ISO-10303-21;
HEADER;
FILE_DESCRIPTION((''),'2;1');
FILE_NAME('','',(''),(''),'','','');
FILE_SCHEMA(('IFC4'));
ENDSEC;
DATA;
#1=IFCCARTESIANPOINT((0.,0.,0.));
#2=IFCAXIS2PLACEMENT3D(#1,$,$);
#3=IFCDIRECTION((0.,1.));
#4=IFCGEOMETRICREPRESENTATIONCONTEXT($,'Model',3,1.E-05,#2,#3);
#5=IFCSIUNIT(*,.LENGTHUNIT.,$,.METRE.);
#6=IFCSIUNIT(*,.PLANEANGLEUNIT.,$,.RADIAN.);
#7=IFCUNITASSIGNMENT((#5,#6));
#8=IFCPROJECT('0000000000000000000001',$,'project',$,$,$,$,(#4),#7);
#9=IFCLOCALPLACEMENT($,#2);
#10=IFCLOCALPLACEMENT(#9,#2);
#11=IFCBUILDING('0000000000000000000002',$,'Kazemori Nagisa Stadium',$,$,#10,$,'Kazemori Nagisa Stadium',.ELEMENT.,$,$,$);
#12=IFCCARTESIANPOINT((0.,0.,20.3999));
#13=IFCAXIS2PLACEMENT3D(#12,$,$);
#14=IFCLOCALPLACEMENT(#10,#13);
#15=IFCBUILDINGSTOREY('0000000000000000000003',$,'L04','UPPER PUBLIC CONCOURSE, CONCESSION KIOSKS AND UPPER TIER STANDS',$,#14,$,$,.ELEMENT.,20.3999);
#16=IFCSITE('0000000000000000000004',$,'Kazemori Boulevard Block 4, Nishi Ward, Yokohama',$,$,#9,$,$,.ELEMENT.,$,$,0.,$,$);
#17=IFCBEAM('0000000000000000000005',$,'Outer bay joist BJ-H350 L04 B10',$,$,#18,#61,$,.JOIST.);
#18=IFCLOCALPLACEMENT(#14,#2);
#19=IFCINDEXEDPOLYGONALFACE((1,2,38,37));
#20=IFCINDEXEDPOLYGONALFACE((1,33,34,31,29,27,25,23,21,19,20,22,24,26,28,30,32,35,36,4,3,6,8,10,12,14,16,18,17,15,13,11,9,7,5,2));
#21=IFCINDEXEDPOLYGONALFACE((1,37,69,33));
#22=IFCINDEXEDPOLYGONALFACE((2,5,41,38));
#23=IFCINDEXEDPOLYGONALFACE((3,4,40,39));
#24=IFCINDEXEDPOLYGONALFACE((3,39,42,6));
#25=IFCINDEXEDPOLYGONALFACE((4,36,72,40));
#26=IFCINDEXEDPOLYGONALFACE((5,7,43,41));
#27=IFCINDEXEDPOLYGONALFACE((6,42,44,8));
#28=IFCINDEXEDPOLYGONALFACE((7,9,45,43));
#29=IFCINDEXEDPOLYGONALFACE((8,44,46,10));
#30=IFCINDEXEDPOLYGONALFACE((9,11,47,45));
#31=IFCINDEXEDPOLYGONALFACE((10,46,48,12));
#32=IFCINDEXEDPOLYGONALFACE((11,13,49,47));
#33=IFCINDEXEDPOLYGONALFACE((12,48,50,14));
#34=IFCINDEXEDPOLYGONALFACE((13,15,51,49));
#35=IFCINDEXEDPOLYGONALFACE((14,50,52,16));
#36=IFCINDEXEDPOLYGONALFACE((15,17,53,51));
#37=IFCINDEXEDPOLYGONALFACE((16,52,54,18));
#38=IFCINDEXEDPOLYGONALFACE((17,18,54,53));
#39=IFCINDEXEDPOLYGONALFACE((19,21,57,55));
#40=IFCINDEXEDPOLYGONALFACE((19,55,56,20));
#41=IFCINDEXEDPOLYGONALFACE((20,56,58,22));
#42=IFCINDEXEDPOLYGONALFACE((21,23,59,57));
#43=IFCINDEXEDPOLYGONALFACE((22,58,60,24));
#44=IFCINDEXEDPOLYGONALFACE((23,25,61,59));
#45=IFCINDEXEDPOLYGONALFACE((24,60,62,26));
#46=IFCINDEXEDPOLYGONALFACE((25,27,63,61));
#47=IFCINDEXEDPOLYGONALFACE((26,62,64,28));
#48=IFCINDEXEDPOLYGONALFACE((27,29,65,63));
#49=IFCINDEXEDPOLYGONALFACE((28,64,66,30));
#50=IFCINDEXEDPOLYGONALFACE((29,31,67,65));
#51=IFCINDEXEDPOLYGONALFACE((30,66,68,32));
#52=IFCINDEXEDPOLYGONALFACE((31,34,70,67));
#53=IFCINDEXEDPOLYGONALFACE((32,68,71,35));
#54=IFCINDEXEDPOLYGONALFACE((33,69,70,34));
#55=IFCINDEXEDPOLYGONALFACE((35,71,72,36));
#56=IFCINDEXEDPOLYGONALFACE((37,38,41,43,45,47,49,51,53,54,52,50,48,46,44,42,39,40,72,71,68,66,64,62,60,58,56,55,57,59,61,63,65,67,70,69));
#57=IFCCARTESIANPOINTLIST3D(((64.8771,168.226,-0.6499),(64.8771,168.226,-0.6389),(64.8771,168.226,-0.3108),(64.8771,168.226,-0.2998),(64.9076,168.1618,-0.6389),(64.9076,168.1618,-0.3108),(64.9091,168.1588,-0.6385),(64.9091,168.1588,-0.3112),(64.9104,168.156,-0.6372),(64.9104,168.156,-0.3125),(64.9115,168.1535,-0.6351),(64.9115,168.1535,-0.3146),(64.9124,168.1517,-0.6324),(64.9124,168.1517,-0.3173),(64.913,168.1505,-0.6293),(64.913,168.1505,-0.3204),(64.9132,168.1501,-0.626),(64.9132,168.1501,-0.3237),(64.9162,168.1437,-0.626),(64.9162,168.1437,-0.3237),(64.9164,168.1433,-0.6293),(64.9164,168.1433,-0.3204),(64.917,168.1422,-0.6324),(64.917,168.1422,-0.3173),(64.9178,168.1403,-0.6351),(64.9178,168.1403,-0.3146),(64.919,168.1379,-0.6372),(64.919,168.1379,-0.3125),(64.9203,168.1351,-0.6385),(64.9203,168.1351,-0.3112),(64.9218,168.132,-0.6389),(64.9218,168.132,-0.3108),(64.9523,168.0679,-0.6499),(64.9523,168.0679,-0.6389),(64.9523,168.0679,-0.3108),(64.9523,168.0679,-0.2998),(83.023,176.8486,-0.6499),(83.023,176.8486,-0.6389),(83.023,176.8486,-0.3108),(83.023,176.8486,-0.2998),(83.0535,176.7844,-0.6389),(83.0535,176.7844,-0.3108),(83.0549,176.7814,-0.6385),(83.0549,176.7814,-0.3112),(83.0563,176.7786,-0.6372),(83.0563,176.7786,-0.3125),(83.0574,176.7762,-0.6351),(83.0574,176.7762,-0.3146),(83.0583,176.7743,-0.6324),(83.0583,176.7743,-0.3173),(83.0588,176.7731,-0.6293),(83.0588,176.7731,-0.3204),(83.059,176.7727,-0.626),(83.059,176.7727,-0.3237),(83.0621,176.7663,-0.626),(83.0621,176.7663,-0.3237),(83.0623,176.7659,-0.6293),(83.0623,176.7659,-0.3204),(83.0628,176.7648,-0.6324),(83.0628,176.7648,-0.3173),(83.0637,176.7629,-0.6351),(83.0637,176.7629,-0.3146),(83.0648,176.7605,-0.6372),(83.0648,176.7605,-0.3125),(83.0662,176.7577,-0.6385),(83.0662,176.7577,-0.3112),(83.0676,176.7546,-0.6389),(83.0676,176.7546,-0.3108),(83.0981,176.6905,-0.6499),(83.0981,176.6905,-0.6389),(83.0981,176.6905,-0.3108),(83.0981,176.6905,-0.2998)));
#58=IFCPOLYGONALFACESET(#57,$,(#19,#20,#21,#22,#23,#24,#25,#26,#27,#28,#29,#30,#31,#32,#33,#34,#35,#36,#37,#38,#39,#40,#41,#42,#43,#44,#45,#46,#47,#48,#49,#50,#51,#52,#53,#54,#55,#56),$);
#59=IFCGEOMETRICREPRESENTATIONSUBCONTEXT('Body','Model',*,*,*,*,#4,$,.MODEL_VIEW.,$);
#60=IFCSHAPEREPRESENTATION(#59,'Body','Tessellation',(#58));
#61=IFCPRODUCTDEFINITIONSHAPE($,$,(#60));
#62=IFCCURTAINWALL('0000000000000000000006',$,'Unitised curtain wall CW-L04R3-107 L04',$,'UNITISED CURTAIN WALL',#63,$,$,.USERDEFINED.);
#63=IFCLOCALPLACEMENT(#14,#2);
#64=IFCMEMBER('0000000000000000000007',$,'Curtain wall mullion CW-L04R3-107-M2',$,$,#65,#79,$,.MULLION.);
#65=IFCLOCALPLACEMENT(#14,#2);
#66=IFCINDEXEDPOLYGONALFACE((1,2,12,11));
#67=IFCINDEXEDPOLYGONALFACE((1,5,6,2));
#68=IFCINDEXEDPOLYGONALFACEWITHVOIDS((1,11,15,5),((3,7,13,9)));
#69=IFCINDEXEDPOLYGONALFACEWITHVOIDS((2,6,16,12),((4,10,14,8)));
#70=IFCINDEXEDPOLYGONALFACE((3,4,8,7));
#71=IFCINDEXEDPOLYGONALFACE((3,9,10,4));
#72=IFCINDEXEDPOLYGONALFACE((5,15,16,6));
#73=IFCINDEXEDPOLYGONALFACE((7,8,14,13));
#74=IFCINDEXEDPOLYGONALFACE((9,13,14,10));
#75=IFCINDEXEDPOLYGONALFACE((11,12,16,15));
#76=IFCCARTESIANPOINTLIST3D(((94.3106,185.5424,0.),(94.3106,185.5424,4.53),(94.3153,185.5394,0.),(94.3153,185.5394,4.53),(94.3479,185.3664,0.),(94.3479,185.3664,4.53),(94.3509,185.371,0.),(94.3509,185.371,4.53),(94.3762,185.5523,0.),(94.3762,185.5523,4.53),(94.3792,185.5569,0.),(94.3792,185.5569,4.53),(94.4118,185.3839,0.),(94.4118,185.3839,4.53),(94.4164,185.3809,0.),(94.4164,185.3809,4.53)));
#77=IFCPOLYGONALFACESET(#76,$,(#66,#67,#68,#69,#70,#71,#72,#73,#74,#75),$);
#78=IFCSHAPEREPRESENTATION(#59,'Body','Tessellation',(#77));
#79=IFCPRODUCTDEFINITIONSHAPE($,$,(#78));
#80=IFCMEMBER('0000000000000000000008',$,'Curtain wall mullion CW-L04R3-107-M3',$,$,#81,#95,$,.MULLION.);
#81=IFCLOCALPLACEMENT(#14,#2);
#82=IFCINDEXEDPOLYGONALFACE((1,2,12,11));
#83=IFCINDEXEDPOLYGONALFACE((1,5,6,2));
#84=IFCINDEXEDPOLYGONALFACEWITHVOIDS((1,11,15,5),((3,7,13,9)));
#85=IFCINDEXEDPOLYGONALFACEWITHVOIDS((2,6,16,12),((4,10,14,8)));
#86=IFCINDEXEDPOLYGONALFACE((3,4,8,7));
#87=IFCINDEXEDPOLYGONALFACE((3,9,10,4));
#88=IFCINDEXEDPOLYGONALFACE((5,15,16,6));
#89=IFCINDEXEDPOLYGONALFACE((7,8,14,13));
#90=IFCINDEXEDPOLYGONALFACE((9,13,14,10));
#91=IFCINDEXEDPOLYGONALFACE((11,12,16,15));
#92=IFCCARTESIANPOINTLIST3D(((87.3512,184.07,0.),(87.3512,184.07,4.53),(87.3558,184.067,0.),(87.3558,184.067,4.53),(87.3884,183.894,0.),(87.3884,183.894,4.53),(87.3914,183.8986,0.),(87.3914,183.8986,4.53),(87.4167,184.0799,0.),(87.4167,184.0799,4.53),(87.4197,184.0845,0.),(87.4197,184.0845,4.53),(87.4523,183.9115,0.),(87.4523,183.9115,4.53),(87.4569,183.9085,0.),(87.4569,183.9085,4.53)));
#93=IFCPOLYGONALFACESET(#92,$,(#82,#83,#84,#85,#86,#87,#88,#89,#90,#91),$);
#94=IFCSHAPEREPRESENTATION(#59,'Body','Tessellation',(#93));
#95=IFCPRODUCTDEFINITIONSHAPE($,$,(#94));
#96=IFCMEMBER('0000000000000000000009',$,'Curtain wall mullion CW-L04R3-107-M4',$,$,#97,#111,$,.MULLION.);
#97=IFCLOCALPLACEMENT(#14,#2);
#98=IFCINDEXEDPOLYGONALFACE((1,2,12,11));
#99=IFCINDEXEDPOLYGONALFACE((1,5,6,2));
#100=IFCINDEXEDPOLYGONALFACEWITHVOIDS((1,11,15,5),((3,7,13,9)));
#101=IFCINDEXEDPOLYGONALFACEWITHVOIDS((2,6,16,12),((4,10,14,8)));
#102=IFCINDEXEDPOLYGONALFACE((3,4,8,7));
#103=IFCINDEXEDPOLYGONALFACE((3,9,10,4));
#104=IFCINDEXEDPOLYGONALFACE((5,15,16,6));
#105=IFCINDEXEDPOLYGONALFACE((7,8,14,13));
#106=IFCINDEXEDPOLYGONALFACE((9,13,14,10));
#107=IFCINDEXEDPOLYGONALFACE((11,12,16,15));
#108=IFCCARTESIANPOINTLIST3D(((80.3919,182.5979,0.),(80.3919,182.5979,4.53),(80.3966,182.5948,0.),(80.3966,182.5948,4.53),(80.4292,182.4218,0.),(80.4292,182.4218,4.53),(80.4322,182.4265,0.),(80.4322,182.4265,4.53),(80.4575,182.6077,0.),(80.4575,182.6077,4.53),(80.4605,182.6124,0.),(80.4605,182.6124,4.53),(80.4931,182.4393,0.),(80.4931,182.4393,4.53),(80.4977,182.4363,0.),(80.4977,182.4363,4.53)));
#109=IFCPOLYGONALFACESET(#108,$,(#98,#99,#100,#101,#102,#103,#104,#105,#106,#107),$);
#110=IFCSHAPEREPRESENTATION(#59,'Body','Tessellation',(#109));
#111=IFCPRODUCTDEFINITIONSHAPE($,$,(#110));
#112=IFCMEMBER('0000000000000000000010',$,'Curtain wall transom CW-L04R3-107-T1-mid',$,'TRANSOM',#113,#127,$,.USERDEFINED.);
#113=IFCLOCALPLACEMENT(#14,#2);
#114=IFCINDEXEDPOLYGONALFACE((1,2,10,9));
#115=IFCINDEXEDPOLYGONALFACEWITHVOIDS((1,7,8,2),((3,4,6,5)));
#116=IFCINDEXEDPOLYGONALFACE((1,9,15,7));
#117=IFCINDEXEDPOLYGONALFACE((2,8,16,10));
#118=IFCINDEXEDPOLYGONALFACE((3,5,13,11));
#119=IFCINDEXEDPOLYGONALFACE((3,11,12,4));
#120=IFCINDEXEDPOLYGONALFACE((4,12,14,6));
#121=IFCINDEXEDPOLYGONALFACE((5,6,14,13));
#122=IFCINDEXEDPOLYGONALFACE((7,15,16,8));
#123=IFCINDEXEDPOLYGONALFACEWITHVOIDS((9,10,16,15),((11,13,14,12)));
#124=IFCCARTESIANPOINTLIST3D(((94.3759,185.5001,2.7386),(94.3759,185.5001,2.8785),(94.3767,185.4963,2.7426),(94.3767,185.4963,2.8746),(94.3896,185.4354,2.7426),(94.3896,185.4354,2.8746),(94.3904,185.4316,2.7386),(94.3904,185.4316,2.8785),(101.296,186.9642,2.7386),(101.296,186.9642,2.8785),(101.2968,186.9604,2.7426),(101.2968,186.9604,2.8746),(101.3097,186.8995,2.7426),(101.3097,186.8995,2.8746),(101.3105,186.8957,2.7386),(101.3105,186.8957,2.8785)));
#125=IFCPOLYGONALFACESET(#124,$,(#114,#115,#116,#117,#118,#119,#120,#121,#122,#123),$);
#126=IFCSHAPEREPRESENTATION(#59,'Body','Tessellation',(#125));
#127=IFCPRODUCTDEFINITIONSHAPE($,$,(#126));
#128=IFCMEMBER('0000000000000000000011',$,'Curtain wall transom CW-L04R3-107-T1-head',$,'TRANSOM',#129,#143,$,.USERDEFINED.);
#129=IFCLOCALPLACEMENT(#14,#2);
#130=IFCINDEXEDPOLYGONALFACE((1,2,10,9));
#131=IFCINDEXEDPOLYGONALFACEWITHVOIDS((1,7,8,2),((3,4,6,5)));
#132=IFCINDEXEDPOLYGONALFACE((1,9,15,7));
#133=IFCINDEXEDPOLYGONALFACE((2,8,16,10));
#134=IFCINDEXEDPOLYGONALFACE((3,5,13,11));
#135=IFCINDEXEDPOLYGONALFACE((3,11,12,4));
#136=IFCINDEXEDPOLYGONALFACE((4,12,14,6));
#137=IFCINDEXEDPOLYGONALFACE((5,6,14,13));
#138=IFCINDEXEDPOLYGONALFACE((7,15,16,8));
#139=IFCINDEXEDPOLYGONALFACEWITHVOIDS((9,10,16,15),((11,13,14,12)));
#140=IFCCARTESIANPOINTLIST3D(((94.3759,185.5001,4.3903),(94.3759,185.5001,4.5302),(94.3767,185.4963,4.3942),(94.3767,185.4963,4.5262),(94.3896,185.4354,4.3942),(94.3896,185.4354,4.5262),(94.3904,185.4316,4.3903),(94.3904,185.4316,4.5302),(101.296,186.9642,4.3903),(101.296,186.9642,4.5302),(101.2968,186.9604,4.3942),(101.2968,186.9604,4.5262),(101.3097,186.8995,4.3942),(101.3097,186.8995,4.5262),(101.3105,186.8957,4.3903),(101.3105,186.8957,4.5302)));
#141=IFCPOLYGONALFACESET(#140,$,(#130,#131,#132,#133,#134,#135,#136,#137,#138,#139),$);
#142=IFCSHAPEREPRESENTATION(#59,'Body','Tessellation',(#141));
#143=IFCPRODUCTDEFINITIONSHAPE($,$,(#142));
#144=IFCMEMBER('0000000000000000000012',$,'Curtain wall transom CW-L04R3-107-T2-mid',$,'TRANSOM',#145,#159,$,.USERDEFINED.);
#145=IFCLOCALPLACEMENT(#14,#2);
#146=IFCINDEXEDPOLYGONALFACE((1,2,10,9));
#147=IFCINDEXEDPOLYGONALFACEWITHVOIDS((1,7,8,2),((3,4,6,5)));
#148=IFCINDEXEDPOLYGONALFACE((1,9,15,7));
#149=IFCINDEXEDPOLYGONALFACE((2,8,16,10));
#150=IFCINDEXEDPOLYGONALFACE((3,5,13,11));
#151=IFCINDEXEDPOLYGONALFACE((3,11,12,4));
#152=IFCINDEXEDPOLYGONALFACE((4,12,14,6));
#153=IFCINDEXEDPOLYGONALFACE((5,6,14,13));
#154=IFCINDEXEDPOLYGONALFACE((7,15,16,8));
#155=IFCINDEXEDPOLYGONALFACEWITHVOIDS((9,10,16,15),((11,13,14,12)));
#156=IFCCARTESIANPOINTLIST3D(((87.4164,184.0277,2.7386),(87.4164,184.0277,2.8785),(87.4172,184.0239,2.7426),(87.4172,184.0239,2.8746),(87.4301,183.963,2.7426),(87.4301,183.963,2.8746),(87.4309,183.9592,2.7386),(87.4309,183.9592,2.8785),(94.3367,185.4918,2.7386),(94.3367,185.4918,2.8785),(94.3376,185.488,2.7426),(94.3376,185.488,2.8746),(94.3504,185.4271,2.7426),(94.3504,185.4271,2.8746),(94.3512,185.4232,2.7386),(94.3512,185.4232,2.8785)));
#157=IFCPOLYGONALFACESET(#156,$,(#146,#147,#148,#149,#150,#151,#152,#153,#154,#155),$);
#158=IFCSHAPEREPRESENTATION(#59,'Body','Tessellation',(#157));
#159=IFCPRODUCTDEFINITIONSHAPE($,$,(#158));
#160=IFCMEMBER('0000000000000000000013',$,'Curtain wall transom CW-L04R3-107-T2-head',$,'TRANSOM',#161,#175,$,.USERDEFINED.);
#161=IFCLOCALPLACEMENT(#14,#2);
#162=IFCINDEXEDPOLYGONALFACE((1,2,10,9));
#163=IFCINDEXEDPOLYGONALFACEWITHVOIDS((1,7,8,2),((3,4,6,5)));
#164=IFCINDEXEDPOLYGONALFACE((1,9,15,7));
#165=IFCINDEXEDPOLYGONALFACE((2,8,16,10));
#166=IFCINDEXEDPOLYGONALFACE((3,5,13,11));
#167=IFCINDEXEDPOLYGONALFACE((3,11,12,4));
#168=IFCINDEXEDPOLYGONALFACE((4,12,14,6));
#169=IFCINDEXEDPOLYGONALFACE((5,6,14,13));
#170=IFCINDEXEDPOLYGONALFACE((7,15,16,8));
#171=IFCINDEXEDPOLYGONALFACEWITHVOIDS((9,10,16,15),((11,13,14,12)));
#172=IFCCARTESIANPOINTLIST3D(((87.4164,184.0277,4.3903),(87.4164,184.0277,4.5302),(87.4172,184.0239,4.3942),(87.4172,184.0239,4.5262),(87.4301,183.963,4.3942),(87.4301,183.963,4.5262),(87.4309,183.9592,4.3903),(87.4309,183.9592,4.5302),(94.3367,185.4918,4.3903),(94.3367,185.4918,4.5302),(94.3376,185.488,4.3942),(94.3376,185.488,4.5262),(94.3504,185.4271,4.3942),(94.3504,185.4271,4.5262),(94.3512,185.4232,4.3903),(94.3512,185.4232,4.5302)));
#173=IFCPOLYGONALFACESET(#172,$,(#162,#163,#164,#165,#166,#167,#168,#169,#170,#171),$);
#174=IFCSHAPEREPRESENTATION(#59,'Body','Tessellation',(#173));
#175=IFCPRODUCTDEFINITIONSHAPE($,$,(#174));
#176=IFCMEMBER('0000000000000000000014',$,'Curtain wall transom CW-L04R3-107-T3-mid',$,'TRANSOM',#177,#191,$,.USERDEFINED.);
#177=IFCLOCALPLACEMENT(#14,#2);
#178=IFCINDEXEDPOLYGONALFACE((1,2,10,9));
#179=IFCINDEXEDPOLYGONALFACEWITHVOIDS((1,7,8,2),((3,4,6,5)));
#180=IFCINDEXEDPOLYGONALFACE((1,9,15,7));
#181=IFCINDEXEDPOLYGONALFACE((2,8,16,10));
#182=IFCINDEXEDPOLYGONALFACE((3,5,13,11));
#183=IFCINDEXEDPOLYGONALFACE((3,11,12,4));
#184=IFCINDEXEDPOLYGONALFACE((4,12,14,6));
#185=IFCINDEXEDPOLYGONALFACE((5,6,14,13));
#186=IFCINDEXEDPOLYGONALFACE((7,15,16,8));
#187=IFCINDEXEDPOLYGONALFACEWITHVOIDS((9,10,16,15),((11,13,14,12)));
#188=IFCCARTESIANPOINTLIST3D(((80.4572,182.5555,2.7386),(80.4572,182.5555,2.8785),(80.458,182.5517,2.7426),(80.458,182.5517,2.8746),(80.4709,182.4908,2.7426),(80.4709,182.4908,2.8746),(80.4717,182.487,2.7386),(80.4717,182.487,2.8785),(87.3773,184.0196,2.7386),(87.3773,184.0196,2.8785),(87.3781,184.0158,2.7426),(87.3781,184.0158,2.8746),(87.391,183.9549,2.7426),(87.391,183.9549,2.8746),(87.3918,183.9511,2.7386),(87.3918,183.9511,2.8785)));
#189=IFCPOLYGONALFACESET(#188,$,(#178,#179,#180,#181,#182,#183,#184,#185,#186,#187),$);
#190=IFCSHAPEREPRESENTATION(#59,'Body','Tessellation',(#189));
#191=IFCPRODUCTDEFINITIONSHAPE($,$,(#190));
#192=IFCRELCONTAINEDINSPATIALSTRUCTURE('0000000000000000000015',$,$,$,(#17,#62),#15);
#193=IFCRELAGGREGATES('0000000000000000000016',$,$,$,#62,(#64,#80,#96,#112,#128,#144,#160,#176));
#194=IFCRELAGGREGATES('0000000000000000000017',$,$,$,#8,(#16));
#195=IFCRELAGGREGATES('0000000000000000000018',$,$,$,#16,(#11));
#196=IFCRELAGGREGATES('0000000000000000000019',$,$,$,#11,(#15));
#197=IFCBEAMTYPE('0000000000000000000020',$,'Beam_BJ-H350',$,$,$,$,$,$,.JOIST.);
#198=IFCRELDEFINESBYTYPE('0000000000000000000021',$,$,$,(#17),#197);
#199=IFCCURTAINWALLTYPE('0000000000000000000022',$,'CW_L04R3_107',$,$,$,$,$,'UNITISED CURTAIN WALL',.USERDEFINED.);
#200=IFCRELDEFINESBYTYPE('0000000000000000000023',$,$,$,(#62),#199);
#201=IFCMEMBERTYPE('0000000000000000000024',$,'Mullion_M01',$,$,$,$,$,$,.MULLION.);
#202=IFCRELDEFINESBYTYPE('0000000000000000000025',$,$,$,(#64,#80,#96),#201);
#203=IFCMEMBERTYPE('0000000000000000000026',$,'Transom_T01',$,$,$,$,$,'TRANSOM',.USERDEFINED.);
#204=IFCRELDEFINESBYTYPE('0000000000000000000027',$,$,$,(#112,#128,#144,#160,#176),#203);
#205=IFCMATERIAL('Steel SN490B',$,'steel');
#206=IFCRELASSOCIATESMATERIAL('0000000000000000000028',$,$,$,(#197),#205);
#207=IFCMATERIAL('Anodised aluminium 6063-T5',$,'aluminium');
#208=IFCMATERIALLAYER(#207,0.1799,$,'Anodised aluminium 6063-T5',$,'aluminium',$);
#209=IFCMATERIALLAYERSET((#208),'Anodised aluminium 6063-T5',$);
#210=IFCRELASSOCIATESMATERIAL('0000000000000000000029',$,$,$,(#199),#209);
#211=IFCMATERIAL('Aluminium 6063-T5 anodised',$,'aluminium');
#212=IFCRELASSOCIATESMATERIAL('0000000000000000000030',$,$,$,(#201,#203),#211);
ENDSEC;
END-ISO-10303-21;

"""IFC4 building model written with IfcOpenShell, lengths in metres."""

from ifc_helpers import new_model, si_unit, direction, frame, origin, origin_2d, place, context, subcontext, project, spatial, hollow_rectangle, i_section, extrude, material, layer, layer_set, material_profile, profile_set, type_object, element, aggregate, save


model = new_model("IFC4")

# Units and contexts
model_context = context("Model", 3, precision=1e-05, world=origin(), true_north=direction((0.0, 1.0)))
body_context = subcontext(model_context, "Body", "Model", "MODEL_VIEW")
ifc_project = project(units=[si_unit("LENGTHUNIT", "METRE"), si_unit("PLANEANGLEUNIT", "RADIAN")], contexts=[model_context])

# Site, building, storey
site_placement = place(None, origin())
site = spatial("IfcSite", under=ifc_project, at=site_placement, Name="Kazemori Boulevard Block 4, Nishi Ward, Yokohama", CompositionType="ELEMENT", RefElevation=0.0)
building_placement = place(site_placement, origin())
building = spatial("IfcBuilding", under=site, at=building_placement, Name="Kazemori Nagisa Stadium", LongName="Kazemori Nagisa Stadium", CompositionType="ELEMENT")
storey_placement = place(building_placement, frame((0.0, 0.0, 20.3999)))
storey = spatial("IfcBuildingStorey", under=building, at=storey_placement, Name="L04", Description="UPPER PUBLIC CONCOURSE, CONCESSION KIOSKS AND UPPER TIER STANDS", CompositionType="ELEMENT", Elevation=20.3999)

# Beam
ifc_material_1 = material(Name="Steel SN490B", Category="steel")
ifc_material_profile_1 = material_profile(ifc_material_1, i_section(OverallWidth=0.175, OverallDepth=0.3501, WebThickness=0.0071, FlangeThickness=0.011, FilletRadius=0.0129, at=origin_2d()), Name="H-350x175x7x11")
ifc_profile_set_1 = profile_set([ifc_material_profile_1], Name="Steel SN490B")
beam_type = type_object("IfcBeamType", Name="Beam_BJ-H350", PredefinedType="JOIST", material=ifc_profile_set_1)
beam_placement = place(storey_placement, frame((83.0605, 176.7695, -0.4749), z_axis=(-0.903213, -0.429192, 0.0), x_axis=(0.429192, -0.903213, 0.0)))
element("IfcBeam", 1, at=beam_placement, inside=storey, type_object=beam_type, Name="Outer bay joist BJ-H350 L04 B10", PredefinedType="JOIST", context=body_context, shape_type="SweptSolid", body=[
    extrude(i_section(OverallWidth=0.175, OverallDepth=0.3501, WebThickness=0.0071, FlangeThickness=0.011, FilletRadius=0.0129, at=origin_2d()), origin(), (0.0, 0.0, 1.0), 20.0903),
])

# Curtain wall, members
ifc_material_2 = material(Name="Anodised aluminium 6063-T5", Category="aluminium")
ifc_layer_1 = layer(ifc_material_2, 0.1799, Name="Anodised aluminium 6063-T5", Category="aluminium")
ifc_layer_set_1 = layer_set([ifc_layer_1], Name="Anodised aluminium 6063-T5")
curtain_wall_type = type_object("IfcCurtainWallType", Name="CW_L04R3_107", ElementType="UNITISED CURTAIN WALL", PredefinedType="USERDEFINED", material=ifc_layer_set_1)
curtain_wall_placement = place(storey_placement, origin())
curtain_wall = element("IfcCurtainWall", 2, at=curtain_wall_placement, inside=storey, type_object=curtain_wall_type, Name="Unitised curtain wall CW-L04R3-107 L04", ObjectType="UNITISED CURTAIN WALL", PredefinedType="USERDEFINED")
ifc_material_3 = material(Name="Aluminium 6063-T5 anodised", Category="aluminium")
ifc_material_profile_2 = material_profile(ifc_material_3, hollow_rectangle(XDim=0.0701, YDim=0.1799, WallThickness=0.0039, at=origin_2d()), Name="ALU-MULL-70x180x4")
ifc_profile_set_2 = profile_set([ifc_material_profile_2], Name="Aluminium 6063-T5 anodised")
member_type_1 = type_object("IfcMemberType", Name="Mullion_M01", PredefinedType="MULLION", material=ifc_profile_set_2)
member_1_placement = place(storey_placement, frame((94.3635, 185.4617, 0.0), z_axis=(0.0, 0.0, 1.0), x_axis=(-0.978345, -0.206981, 0.0)))
member_1 = element("IfcMember", 3, at=member_1_placement, type_object=member_type_1, Name="Curtain wall mullion CW-L04R3-107-M2", PredefinedType="MULLION", context=body_context, shape_type="SweptSolid", body=[
    extrude(hollow_rectangle(XDim=0.0701, YDim=0.1799, WallThickness=0.0039, at=origin_2d()), origin(), (0.0, 0.0, 1.0), 4.53),
])
member_2_placement = place(storey_placement, frame((87.4041, 183.9893, 0.0), z_axis=(0.0, 0.0, 1.0), x_axis=(-0.978345, -0.206981, 0.0)))
member_2 = element("IfcMember", 4, at=member_2_placement, type_object=member_type_1, Name="Curtain wall mullion CW-L04R3-107-M3", PredefinedType="MULLION", context=body_context, shape_type="SweptSolid", body=[
    extrude(hollow_rectangle(XDim=0.0701, YDim=0.1799, WallThickness=0.0039, at=origin_2d()), origin(), (0.0, 0.0, 1.0), 4.53),
])
member_3_placement = place(storey_placement, frame((80.4448, 182.5171, 0.0), z_axis=(0.0, 0.0, 1.0), x_axis=(-0.978345, -0.206981, 0.0)))
member_3 = element("IfcMember", 5, at=member_3_placement, type_object=member_type_1, Name="Curtain wall mullion CW-L04R3-107-M4", PredefinedType="MULLION", context=body_context, shape_type="SweptSolid", body=[
    extrude(hollow_rectangle(XDim=0.0701, YDim=0.1799, WallThickness=0.0039, at=origin_2d()), origin(), (0.0, 0.0, 1.0), 4.53),
])
ifc_material_profile_3 = material_profile(ifc_material_3, hollow_rectangle(XDim=0.0701, YDim=0.1399, WallThickness=0.0039, at=origin_2d()), Name="ALU-TRAN-70x140x4")
ifc_profile_set_3 = profile_set([ifc_material_profile_3], Name="Aluminium 6063-T5 anodised")
member_type_2 = type_object("IfcMemberType", Name="Transom_T01", ElementType="TRANSOM", PredefinedType="USERDEFINED", material=ifc_profile_set_3)
member_4_placement = place(storey_placement, frame((101.3032, 186.9299, 2.8086), z_axis=(-0.978343, -0.20699, 0.0), x_axis=(0.20699, -0.978343, 0.0)))
member_4 = element("IfcMember", 6, at=member_4_placement, type_object=member_type_2, Name="Curtain wall transom CW-L04R3-107-T1-mid", ObjectType="TRANSOM", PredefinedType="USERDEFINED", context=body_context, shape_type="SweptSolid", body=[
    extrude(hollow_rectangle(XDim=0.0701, YDim=0.1399, WallThickness=0.0039, at=origin_2d()), origin(), (0.0, 0.0, 1.0), 7.0732),
])
member_5_placement = place(storey_placement, frame((101.3032, 186.9299, 4.4602), z_axis=(-0.978343, -0.20699, 0.0), x_axis=(0.20699, -0.978343, 0.0)))
member_5 = element("IfcMember", 7, at=member_5_placement, type_object=member_type_2, Name="Curtain wall transom CW-L04R3-107-T1-head", ObjectType="TRANSOM", PredefinedType="USERDEFINED", context=body_context, shape_type="SweptSolid", body=[
    extrude(hollow_rectangle(XDim=0.0701, YDim=0.1399, WallThickness=0.0039, at=origin_2d()), origin(), (0.0, 0.0, 1.0), 7.0732),
])
member_6_placement = place(storey_placement, frame((94.344, 185.4575, 2.8086), z_axis=(-0.978345, -0.206983, 0.0), x_axis=(0.206983, -0.978345, 0.0)))
member_6 = element("IfcMember", 8, at=member_6_placement, type_object=member_type_2, Name="Curtain wall transom CW-L04R3-107-T2-mid", ObjectType="TRANSOM", PredefinedType="USERDEFINED", context=body_context, shape_type="SweptSolid", body=[
    extrude(hollow_rectangle(XDim=0.0701, YDim=0.1399, WallThickness=0.0039, at=origin_2d()), origin(), (0.0, 0.0, 1.0), 7.0735),
])
member_7_placement = place(storey_placement, frame((94.344, 185.4575, 4.4602), z_axis=(-0.978345, -0.206983, 0.0), x_axis=(0.206983, -0.978345, 0.0)))
member_7 = element("IfcMember", 9, at=member_7_placement, type_object=member_type_2, Name="Curtain wall transom CW-L04R3-107-T2-head", ObjectType="TRANSOM", PredefinedType="USERDEFINED", context=body_context, shape_type="SweptSolid", body=[
    extrude(hollow_rectangle(XDim=0.0701, YDim=0.1399, WallThickness=0.0039, at=origin_2d()), origin(), (0.0, 0.0, 1.0), 7.0735),
])
member_8_placement = place(storey_placement, frame((87.3845, 183.9854, 2.8086), z_axis=(-0.978343, -0.20699, 0.0), x_axis=(0.20699, -0.978343, 0.0)))
member_8 = element("IfcMember", 10, at=member_8_placement, type_object=member_type_2, Name="Curtain wall transom CW-L04R3-107-T3-mid", ObjectType="TRANSOM", PredefinedType="USERDEFINED", context=body_context, shape_type="SweptSolid", body=[
    extrude(hollow_rectangle(XDim=0.0701, YDim=0.1399, WallThickness=0.0039, at=origin_2d()), origin(), (0.0, 0.0, 1.0), 7.0732),
])
aggregate(curtain_wall, [member_1, member_2, member_3, member_4, member_5, member_6, member_7, member_8])

save(model, "model.ifc")
